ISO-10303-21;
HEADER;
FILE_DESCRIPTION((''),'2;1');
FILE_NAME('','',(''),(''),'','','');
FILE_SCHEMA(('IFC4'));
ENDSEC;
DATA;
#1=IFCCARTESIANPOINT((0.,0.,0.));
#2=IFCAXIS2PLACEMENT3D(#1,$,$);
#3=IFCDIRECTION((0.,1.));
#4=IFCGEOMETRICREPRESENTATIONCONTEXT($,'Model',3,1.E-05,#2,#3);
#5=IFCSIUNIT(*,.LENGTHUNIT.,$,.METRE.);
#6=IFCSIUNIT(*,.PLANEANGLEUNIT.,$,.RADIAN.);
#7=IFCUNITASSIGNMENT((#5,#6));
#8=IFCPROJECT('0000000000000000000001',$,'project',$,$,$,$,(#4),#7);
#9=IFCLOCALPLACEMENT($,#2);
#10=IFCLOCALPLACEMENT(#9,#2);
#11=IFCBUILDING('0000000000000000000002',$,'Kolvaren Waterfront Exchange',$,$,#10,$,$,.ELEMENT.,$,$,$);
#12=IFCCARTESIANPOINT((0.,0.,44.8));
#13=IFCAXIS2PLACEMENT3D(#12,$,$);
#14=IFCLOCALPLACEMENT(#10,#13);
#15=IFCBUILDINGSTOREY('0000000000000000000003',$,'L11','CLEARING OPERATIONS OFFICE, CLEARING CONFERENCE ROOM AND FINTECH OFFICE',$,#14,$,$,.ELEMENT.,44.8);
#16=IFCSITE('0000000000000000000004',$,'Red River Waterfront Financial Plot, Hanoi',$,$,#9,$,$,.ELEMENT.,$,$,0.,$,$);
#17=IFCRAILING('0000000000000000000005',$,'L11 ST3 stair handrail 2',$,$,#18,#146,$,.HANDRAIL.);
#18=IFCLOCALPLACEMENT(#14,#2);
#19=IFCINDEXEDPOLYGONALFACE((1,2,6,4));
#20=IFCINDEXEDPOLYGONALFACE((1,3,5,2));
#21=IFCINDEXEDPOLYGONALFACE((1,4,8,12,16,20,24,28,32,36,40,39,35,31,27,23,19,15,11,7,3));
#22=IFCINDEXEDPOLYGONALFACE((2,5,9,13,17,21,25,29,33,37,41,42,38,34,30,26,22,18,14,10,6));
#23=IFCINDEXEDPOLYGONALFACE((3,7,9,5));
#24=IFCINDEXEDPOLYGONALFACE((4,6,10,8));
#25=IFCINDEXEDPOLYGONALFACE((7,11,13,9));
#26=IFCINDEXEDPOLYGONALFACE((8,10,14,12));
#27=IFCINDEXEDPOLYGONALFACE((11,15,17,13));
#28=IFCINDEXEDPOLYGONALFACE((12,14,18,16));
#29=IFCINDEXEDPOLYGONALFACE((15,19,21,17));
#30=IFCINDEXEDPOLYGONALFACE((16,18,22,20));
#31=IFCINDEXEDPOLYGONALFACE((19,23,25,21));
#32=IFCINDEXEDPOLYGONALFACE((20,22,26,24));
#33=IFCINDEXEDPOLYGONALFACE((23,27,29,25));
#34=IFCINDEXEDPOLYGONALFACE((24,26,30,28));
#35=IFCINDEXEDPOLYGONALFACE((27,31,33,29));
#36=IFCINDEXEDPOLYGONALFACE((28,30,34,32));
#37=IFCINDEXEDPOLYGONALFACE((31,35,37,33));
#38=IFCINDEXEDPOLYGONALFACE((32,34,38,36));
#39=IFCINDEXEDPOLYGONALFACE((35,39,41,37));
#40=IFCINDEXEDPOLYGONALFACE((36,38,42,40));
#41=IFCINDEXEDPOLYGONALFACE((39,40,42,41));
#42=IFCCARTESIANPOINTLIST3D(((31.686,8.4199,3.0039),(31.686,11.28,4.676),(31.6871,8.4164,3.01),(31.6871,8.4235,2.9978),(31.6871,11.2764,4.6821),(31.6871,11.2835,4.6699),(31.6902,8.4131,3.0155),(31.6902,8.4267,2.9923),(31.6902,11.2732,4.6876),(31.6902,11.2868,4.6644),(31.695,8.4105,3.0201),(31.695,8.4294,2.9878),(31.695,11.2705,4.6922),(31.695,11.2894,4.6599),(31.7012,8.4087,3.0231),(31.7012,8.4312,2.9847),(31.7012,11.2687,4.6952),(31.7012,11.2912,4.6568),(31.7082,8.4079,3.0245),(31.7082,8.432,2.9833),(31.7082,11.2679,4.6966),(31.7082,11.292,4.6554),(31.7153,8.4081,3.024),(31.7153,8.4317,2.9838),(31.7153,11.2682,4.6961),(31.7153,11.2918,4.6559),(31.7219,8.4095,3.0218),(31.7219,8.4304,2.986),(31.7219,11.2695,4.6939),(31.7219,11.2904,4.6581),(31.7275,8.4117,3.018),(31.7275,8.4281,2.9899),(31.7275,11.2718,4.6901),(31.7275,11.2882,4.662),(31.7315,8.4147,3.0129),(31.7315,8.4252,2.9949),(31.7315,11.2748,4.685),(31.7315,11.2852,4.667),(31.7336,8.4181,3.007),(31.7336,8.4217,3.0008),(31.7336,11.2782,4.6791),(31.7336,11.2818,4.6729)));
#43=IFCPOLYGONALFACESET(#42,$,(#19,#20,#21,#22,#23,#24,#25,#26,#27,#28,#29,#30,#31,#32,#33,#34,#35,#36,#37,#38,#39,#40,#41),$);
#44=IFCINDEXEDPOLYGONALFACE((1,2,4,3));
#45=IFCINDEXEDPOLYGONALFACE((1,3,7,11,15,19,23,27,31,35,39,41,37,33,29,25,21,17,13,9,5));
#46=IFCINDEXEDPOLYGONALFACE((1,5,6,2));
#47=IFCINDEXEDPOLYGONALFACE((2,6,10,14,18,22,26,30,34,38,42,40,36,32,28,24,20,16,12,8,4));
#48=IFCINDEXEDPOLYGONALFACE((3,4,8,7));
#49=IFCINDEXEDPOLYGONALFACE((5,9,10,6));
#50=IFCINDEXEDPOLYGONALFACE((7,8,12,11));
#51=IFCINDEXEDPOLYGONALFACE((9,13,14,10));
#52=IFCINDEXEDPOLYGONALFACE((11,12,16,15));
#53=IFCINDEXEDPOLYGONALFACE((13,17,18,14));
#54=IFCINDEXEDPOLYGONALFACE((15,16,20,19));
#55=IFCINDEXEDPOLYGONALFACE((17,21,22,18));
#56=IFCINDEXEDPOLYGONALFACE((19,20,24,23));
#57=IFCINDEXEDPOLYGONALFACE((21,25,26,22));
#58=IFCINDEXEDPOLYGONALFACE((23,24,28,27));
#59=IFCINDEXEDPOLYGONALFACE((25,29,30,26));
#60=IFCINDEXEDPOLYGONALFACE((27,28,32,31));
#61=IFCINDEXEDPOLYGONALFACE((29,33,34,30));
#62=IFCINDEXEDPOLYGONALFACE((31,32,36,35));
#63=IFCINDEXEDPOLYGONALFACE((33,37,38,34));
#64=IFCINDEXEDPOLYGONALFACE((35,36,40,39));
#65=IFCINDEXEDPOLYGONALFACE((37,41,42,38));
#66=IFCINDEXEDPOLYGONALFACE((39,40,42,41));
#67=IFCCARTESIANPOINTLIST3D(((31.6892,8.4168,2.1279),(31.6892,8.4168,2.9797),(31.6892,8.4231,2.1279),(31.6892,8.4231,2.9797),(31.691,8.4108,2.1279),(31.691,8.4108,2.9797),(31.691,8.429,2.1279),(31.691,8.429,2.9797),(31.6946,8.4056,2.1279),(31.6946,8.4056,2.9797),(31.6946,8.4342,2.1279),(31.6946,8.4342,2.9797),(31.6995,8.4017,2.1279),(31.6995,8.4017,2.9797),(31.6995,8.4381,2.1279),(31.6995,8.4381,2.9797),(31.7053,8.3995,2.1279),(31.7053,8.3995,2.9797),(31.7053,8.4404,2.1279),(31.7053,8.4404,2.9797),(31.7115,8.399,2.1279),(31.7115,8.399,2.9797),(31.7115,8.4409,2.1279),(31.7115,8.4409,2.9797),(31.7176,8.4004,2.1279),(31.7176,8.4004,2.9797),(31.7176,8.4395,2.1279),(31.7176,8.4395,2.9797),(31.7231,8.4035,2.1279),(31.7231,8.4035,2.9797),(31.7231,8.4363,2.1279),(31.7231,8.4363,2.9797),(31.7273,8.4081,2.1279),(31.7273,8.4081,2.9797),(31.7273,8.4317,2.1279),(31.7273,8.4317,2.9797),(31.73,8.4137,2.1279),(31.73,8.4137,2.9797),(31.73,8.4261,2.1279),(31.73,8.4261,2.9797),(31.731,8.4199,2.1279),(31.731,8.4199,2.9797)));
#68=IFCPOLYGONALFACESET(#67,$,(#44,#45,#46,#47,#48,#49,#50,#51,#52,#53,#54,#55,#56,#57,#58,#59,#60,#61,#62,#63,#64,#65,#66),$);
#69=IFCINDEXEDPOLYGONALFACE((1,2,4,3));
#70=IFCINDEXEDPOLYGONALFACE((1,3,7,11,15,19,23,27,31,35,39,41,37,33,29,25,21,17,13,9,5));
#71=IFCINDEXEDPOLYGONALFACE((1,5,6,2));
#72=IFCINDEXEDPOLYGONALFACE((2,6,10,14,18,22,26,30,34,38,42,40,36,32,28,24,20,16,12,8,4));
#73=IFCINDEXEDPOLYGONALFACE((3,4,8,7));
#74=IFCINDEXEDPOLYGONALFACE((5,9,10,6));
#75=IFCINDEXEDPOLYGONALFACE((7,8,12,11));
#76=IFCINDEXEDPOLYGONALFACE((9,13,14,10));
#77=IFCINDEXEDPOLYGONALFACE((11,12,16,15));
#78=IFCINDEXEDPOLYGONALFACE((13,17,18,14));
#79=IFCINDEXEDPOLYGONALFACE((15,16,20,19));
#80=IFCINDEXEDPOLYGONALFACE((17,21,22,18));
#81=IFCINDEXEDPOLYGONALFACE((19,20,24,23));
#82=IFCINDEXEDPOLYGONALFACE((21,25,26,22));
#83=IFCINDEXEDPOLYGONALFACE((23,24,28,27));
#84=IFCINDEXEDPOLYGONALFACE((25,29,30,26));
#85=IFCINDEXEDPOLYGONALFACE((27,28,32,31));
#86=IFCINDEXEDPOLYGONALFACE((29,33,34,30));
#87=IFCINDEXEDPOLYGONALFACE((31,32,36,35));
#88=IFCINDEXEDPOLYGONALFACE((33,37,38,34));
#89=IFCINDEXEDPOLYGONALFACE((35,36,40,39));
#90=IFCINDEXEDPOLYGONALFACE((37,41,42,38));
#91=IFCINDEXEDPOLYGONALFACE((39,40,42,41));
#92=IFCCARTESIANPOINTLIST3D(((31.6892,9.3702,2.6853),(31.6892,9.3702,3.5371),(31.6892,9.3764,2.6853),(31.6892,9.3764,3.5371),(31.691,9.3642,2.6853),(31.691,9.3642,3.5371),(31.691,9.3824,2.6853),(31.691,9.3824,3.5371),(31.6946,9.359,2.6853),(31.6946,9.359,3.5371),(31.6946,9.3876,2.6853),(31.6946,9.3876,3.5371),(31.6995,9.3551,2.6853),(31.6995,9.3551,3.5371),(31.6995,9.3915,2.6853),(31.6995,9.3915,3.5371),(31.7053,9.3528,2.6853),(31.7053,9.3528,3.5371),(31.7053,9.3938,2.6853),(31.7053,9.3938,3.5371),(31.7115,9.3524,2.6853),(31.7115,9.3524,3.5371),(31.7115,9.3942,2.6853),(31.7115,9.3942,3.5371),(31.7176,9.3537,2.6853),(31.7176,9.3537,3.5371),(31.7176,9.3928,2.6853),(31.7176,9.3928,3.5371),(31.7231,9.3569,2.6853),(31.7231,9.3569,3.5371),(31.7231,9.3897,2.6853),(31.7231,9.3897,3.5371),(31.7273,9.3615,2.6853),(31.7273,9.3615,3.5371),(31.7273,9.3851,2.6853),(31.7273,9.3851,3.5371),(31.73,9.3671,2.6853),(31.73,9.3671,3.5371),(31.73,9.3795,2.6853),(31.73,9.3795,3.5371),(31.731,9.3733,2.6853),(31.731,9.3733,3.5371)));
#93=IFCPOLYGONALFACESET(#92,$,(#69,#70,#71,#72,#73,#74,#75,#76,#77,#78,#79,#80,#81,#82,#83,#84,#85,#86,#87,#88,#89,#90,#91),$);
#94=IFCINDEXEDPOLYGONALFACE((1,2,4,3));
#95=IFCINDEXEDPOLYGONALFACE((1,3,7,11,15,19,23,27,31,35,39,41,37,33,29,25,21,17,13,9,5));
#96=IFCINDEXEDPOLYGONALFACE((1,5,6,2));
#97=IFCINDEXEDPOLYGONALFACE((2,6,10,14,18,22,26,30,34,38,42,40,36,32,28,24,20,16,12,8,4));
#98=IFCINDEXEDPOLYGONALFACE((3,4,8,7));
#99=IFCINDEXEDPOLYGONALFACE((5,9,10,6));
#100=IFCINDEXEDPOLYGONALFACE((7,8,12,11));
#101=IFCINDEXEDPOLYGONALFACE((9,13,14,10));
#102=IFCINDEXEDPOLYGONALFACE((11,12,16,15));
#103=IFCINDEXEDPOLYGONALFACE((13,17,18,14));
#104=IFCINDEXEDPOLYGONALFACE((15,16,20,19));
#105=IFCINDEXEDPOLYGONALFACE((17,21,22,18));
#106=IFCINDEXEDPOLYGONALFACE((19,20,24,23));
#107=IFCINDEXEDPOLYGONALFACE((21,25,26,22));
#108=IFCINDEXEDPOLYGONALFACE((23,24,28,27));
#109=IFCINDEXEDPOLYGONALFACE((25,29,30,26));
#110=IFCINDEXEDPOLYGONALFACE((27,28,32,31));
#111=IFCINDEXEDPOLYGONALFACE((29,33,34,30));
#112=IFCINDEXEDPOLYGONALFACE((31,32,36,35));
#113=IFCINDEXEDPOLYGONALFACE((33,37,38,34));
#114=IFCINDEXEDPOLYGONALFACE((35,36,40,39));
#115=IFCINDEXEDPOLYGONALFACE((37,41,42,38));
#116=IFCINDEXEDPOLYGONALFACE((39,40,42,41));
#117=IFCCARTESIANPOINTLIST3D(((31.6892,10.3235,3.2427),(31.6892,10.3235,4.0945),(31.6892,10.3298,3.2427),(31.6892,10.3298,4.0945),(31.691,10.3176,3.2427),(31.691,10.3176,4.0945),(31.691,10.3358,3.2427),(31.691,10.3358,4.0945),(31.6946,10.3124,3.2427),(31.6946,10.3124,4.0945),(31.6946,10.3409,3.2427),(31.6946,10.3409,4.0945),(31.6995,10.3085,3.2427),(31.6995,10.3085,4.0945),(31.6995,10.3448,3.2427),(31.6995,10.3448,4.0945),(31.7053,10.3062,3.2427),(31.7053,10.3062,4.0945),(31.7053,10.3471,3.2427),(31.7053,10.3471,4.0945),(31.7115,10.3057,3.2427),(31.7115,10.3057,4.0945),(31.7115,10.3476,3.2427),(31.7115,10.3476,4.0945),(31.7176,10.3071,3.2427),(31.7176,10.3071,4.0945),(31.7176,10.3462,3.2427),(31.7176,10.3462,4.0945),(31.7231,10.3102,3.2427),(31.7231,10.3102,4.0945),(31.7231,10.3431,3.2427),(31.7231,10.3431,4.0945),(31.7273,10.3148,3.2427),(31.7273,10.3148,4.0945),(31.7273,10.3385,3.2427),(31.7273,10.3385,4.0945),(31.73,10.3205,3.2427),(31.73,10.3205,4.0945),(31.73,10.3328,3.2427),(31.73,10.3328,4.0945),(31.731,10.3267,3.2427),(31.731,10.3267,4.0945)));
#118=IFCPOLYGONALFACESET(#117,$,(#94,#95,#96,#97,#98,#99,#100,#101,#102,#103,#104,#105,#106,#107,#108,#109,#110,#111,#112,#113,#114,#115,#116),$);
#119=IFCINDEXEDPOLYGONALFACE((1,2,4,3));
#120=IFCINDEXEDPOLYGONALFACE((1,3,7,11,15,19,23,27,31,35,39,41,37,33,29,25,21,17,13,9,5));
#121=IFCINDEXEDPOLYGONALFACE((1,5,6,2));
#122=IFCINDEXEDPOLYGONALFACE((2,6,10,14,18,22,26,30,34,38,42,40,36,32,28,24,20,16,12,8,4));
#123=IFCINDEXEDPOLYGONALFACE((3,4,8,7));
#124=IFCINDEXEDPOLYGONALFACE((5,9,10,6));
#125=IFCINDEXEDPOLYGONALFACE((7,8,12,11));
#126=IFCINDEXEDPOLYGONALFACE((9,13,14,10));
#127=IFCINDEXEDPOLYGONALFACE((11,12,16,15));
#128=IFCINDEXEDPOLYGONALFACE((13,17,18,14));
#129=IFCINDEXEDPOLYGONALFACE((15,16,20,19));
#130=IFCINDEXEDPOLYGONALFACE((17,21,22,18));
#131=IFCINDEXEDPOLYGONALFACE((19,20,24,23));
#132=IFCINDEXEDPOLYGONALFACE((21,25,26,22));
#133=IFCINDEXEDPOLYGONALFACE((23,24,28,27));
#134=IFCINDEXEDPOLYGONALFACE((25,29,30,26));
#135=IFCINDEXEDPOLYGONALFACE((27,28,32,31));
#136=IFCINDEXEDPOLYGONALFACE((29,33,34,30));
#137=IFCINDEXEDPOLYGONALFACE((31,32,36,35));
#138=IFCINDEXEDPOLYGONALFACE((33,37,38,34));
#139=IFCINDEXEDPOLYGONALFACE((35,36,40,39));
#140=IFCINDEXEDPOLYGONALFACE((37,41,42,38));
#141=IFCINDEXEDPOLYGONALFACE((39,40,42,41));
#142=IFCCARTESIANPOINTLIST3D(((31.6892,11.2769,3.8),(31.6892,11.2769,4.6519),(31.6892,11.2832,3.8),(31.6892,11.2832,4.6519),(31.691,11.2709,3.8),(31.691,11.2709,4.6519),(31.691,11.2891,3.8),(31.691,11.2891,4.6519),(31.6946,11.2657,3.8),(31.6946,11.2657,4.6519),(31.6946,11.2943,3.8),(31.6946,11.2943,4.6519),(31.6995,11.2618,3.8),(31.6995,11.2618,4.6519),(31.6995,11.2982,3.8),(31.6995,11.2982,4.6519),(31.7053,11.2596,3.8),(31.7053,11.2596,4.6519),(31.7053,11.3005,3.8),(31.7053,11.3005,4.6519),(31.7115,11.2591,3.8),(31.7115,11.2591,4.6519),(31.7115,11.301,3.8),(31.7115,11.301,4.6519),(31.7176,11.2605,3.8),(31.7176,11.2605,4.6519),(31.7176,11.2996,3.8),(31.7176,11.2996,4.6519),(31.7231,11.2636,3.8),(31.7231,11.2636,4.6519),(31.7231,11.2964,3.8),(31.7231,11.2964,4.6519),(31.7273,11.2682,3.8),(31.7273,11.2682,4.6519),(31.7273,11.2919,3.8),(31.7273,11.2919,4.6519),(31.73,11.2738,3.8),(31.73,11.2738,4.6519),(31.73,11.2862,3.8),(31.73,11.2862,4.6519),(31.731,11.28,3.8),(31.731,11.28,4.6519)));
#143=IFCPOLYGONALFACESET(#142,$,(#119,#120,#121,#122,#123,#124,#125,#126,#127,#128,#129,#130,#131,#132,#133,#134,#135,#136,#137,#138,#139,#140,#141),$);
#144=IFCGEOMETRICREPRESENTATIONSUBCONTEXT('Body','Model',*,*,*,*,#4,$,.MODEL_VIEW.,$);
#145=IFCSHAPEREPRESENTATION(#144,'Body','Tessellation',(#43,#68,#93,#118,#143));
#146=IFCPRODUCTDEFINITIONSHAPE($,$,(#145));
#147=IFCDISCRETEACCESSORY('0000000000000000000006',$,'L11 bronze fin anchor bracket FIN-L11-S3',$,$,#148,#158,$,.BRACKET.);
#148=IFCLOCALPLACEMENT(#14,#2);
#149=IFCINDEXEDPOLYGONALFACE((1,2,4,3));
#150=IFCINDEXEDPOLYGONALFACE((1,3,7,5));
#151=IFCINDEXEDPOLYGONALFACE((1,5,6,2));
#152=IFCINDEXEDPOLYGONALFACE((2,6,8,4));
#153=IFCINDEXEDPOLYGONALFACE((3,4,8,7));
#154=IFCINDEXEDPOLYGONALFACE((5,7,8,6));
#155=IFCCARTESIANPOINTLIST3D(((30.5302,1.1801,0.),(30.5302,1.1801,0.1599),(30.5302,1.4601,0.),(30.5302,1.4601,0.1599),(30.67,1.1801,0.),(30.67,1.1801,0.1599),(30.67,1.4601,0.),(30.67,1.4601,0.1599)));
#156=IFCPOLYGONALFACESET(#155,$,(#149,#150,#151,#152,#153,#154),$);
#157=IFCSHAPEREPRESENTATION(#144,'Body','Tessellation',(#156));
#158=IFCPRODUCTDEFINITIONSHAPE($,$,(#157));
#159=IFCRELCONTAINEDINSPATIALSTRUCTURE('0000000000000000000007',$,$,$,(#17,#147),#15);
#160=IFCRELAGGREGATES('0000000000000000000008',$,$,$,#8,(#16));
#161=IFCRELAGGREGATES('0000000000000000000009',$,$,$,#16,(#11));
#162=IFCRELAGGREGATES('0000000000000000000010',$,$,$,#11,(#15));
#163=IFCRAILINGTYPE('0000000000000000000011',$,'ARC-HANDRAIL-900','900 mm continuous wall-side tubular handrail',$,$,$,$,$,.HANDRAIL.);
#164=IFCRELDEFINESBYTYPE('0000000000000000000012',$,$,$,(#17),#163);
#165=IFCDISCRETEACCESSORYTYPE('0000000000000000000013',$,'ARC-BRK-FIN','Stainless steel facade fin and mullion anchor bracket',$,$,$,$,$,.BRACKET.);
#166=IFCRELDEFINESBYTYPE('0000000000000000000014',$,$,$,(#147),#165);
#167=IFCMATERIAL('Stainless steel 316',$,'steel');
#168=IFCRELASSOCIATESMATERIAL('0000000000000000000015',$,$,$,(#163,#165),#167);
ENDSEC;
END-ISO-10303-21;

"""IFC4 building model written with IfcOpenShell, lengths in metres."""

from ifc_helpers import new_model, si_unit, direction, frame, origin, origin_with_axes, origin_2d, place, context, subcontext, project, spatial, rectangle, circle, extrude, source, transform, mapped, material, type_object, element, save


model = new_model("IFC4")

# Units and contexts
model_context = context("Model", 3, precision=1e-05, world=origin(), true_north=direction((0.0, 1.0)))
body_context = subcontext(model_context, "Body", "Model", "MODEL_VIEW")
ifc_project = project(units=[si_unit("LENGTHUNIT", "METRE"), si_unit("PLANEANGLEUNIT", "RADIAN")], contexts=[model_context])

# Site, building, storey
site_placement = place(None, origin())
site = spatial("IfcSite", under=ifc_project, at=site_placement, Name="Red River Waterfront Financial Plot, Hanoi", CompositionType="ELEMENT", RefElevation=0.0)
building_placement = place(site_placement, origin())
building = spatial("IfcBuilding", under=site, at=building_placement, Name="Kolvaren Waterfront Exchange", CompositionType="ELEMENT")
storey_placement = place(building_placement, frame((0.0, 0.0, 44.8)))
storey = spatial("IfcBuildingStorey", under=building, at=storey_placement, Name="L11", Description="CLEARING OPERATIONS OFFICE, CLEARING CONFERENCE ROOM AND FINTECH OFFICE", CompositionType="ELEMENT", Elevation=44.8)

# Railing
ifc_material_1 = material(Name="Stainless steel 316", Category="steel")
railing_type_1 = type_object("IfcRailingType", Name="ARC-HANDRAIL-900", Description="900 mm continuous wall-side tubular handrail", PredefinedType="HANDRAIL", material=ifc_material_1)
railing_1_placement = place(storey_placement, frame((31.71, 8.4199, 2.1279)))
element("IfcRailing", 1, at=railing_1_placement, inside=storey, type_object=railing_type_1, Name="L11 ST3 stair handrail 2", PredefinedType="HANDRAIL", context=body_context, shape_type="SweptSolid", body=[
    extrude(circle(Radius=0.0239, at=origin_2d()), frame((0.0, 0.0, 0.876), z_axis=(0.0, 0.863289, 0.504709), x_axis=(-1.0, 0.0, 0.0)), (0.0, 0.0, 1.0), 3.313),
    extrude(circle(Radius=0.021, at=origin_2d()), origin(), (0.0, 0.0, 1.0), 0.8518),
    extrude(circle(Radius=0.021, at=origin_2d()), frame((0.0, 0.9534, 0.5574)), (0.0, 0.0, 1.0), 0.8518),
    extrude(circle(Radius=0.021, at=origin_2d()), frame((0.0, 1.9067, 1.1147)), (0.0, 0.0, 1.0), 0.8518),
    extrude(circle(Radius=0.021, at=origin_2d()), frame((0.0, 2.8601, 1.6721)), (0.0, 0.0, 1.0), 0.8518),
])

# Discrete accessory
discrete_accessory_type = type_object("IfcDiscreteAccessoryType", Name="ARC-BRK-FIN", Description="Stainless steel facade fin and mullion anchor bracket", PredefinedType="BRACKET", material=ifc_material_1)
shared_shape_1 = source(origin_with_axes(), body_context, "Body", "SweptSolid", [
    extrude(rectangle(XDim=0.28, YDim=0.1399, at=origin_2d()), origin(), (0.0, 0.0, 1.0), 0.1599),
])
discrete_accessory_placement = place(storey_placement, frame((30.6001, 1.3201, 0.0), z_axis=(0.0, 0.0, 1.0), x_axis=(0.0, -1.0, 0.0)))
element("IfcDiscreteAccessory", 2, at=discrete_accessory_placement, inside=storey, type_object=discrete_accessory_type, Name="L11 bronze fin anchor bracket FIN-L11-S3", PredefinedType="BRACKET", context=body_context, shape_type="MappedRepresentation", body=[
    mapped(shared_shape_1, transform((0.0, 0.0, 0.0), x_axis=(1.0, 0.0, 0.0), y_axis=(0.0, 1.0, 0.0), z_axis=(0.0, 0.0, 1.0), scale=1.0)),
])

save(model, "model.ifc")
